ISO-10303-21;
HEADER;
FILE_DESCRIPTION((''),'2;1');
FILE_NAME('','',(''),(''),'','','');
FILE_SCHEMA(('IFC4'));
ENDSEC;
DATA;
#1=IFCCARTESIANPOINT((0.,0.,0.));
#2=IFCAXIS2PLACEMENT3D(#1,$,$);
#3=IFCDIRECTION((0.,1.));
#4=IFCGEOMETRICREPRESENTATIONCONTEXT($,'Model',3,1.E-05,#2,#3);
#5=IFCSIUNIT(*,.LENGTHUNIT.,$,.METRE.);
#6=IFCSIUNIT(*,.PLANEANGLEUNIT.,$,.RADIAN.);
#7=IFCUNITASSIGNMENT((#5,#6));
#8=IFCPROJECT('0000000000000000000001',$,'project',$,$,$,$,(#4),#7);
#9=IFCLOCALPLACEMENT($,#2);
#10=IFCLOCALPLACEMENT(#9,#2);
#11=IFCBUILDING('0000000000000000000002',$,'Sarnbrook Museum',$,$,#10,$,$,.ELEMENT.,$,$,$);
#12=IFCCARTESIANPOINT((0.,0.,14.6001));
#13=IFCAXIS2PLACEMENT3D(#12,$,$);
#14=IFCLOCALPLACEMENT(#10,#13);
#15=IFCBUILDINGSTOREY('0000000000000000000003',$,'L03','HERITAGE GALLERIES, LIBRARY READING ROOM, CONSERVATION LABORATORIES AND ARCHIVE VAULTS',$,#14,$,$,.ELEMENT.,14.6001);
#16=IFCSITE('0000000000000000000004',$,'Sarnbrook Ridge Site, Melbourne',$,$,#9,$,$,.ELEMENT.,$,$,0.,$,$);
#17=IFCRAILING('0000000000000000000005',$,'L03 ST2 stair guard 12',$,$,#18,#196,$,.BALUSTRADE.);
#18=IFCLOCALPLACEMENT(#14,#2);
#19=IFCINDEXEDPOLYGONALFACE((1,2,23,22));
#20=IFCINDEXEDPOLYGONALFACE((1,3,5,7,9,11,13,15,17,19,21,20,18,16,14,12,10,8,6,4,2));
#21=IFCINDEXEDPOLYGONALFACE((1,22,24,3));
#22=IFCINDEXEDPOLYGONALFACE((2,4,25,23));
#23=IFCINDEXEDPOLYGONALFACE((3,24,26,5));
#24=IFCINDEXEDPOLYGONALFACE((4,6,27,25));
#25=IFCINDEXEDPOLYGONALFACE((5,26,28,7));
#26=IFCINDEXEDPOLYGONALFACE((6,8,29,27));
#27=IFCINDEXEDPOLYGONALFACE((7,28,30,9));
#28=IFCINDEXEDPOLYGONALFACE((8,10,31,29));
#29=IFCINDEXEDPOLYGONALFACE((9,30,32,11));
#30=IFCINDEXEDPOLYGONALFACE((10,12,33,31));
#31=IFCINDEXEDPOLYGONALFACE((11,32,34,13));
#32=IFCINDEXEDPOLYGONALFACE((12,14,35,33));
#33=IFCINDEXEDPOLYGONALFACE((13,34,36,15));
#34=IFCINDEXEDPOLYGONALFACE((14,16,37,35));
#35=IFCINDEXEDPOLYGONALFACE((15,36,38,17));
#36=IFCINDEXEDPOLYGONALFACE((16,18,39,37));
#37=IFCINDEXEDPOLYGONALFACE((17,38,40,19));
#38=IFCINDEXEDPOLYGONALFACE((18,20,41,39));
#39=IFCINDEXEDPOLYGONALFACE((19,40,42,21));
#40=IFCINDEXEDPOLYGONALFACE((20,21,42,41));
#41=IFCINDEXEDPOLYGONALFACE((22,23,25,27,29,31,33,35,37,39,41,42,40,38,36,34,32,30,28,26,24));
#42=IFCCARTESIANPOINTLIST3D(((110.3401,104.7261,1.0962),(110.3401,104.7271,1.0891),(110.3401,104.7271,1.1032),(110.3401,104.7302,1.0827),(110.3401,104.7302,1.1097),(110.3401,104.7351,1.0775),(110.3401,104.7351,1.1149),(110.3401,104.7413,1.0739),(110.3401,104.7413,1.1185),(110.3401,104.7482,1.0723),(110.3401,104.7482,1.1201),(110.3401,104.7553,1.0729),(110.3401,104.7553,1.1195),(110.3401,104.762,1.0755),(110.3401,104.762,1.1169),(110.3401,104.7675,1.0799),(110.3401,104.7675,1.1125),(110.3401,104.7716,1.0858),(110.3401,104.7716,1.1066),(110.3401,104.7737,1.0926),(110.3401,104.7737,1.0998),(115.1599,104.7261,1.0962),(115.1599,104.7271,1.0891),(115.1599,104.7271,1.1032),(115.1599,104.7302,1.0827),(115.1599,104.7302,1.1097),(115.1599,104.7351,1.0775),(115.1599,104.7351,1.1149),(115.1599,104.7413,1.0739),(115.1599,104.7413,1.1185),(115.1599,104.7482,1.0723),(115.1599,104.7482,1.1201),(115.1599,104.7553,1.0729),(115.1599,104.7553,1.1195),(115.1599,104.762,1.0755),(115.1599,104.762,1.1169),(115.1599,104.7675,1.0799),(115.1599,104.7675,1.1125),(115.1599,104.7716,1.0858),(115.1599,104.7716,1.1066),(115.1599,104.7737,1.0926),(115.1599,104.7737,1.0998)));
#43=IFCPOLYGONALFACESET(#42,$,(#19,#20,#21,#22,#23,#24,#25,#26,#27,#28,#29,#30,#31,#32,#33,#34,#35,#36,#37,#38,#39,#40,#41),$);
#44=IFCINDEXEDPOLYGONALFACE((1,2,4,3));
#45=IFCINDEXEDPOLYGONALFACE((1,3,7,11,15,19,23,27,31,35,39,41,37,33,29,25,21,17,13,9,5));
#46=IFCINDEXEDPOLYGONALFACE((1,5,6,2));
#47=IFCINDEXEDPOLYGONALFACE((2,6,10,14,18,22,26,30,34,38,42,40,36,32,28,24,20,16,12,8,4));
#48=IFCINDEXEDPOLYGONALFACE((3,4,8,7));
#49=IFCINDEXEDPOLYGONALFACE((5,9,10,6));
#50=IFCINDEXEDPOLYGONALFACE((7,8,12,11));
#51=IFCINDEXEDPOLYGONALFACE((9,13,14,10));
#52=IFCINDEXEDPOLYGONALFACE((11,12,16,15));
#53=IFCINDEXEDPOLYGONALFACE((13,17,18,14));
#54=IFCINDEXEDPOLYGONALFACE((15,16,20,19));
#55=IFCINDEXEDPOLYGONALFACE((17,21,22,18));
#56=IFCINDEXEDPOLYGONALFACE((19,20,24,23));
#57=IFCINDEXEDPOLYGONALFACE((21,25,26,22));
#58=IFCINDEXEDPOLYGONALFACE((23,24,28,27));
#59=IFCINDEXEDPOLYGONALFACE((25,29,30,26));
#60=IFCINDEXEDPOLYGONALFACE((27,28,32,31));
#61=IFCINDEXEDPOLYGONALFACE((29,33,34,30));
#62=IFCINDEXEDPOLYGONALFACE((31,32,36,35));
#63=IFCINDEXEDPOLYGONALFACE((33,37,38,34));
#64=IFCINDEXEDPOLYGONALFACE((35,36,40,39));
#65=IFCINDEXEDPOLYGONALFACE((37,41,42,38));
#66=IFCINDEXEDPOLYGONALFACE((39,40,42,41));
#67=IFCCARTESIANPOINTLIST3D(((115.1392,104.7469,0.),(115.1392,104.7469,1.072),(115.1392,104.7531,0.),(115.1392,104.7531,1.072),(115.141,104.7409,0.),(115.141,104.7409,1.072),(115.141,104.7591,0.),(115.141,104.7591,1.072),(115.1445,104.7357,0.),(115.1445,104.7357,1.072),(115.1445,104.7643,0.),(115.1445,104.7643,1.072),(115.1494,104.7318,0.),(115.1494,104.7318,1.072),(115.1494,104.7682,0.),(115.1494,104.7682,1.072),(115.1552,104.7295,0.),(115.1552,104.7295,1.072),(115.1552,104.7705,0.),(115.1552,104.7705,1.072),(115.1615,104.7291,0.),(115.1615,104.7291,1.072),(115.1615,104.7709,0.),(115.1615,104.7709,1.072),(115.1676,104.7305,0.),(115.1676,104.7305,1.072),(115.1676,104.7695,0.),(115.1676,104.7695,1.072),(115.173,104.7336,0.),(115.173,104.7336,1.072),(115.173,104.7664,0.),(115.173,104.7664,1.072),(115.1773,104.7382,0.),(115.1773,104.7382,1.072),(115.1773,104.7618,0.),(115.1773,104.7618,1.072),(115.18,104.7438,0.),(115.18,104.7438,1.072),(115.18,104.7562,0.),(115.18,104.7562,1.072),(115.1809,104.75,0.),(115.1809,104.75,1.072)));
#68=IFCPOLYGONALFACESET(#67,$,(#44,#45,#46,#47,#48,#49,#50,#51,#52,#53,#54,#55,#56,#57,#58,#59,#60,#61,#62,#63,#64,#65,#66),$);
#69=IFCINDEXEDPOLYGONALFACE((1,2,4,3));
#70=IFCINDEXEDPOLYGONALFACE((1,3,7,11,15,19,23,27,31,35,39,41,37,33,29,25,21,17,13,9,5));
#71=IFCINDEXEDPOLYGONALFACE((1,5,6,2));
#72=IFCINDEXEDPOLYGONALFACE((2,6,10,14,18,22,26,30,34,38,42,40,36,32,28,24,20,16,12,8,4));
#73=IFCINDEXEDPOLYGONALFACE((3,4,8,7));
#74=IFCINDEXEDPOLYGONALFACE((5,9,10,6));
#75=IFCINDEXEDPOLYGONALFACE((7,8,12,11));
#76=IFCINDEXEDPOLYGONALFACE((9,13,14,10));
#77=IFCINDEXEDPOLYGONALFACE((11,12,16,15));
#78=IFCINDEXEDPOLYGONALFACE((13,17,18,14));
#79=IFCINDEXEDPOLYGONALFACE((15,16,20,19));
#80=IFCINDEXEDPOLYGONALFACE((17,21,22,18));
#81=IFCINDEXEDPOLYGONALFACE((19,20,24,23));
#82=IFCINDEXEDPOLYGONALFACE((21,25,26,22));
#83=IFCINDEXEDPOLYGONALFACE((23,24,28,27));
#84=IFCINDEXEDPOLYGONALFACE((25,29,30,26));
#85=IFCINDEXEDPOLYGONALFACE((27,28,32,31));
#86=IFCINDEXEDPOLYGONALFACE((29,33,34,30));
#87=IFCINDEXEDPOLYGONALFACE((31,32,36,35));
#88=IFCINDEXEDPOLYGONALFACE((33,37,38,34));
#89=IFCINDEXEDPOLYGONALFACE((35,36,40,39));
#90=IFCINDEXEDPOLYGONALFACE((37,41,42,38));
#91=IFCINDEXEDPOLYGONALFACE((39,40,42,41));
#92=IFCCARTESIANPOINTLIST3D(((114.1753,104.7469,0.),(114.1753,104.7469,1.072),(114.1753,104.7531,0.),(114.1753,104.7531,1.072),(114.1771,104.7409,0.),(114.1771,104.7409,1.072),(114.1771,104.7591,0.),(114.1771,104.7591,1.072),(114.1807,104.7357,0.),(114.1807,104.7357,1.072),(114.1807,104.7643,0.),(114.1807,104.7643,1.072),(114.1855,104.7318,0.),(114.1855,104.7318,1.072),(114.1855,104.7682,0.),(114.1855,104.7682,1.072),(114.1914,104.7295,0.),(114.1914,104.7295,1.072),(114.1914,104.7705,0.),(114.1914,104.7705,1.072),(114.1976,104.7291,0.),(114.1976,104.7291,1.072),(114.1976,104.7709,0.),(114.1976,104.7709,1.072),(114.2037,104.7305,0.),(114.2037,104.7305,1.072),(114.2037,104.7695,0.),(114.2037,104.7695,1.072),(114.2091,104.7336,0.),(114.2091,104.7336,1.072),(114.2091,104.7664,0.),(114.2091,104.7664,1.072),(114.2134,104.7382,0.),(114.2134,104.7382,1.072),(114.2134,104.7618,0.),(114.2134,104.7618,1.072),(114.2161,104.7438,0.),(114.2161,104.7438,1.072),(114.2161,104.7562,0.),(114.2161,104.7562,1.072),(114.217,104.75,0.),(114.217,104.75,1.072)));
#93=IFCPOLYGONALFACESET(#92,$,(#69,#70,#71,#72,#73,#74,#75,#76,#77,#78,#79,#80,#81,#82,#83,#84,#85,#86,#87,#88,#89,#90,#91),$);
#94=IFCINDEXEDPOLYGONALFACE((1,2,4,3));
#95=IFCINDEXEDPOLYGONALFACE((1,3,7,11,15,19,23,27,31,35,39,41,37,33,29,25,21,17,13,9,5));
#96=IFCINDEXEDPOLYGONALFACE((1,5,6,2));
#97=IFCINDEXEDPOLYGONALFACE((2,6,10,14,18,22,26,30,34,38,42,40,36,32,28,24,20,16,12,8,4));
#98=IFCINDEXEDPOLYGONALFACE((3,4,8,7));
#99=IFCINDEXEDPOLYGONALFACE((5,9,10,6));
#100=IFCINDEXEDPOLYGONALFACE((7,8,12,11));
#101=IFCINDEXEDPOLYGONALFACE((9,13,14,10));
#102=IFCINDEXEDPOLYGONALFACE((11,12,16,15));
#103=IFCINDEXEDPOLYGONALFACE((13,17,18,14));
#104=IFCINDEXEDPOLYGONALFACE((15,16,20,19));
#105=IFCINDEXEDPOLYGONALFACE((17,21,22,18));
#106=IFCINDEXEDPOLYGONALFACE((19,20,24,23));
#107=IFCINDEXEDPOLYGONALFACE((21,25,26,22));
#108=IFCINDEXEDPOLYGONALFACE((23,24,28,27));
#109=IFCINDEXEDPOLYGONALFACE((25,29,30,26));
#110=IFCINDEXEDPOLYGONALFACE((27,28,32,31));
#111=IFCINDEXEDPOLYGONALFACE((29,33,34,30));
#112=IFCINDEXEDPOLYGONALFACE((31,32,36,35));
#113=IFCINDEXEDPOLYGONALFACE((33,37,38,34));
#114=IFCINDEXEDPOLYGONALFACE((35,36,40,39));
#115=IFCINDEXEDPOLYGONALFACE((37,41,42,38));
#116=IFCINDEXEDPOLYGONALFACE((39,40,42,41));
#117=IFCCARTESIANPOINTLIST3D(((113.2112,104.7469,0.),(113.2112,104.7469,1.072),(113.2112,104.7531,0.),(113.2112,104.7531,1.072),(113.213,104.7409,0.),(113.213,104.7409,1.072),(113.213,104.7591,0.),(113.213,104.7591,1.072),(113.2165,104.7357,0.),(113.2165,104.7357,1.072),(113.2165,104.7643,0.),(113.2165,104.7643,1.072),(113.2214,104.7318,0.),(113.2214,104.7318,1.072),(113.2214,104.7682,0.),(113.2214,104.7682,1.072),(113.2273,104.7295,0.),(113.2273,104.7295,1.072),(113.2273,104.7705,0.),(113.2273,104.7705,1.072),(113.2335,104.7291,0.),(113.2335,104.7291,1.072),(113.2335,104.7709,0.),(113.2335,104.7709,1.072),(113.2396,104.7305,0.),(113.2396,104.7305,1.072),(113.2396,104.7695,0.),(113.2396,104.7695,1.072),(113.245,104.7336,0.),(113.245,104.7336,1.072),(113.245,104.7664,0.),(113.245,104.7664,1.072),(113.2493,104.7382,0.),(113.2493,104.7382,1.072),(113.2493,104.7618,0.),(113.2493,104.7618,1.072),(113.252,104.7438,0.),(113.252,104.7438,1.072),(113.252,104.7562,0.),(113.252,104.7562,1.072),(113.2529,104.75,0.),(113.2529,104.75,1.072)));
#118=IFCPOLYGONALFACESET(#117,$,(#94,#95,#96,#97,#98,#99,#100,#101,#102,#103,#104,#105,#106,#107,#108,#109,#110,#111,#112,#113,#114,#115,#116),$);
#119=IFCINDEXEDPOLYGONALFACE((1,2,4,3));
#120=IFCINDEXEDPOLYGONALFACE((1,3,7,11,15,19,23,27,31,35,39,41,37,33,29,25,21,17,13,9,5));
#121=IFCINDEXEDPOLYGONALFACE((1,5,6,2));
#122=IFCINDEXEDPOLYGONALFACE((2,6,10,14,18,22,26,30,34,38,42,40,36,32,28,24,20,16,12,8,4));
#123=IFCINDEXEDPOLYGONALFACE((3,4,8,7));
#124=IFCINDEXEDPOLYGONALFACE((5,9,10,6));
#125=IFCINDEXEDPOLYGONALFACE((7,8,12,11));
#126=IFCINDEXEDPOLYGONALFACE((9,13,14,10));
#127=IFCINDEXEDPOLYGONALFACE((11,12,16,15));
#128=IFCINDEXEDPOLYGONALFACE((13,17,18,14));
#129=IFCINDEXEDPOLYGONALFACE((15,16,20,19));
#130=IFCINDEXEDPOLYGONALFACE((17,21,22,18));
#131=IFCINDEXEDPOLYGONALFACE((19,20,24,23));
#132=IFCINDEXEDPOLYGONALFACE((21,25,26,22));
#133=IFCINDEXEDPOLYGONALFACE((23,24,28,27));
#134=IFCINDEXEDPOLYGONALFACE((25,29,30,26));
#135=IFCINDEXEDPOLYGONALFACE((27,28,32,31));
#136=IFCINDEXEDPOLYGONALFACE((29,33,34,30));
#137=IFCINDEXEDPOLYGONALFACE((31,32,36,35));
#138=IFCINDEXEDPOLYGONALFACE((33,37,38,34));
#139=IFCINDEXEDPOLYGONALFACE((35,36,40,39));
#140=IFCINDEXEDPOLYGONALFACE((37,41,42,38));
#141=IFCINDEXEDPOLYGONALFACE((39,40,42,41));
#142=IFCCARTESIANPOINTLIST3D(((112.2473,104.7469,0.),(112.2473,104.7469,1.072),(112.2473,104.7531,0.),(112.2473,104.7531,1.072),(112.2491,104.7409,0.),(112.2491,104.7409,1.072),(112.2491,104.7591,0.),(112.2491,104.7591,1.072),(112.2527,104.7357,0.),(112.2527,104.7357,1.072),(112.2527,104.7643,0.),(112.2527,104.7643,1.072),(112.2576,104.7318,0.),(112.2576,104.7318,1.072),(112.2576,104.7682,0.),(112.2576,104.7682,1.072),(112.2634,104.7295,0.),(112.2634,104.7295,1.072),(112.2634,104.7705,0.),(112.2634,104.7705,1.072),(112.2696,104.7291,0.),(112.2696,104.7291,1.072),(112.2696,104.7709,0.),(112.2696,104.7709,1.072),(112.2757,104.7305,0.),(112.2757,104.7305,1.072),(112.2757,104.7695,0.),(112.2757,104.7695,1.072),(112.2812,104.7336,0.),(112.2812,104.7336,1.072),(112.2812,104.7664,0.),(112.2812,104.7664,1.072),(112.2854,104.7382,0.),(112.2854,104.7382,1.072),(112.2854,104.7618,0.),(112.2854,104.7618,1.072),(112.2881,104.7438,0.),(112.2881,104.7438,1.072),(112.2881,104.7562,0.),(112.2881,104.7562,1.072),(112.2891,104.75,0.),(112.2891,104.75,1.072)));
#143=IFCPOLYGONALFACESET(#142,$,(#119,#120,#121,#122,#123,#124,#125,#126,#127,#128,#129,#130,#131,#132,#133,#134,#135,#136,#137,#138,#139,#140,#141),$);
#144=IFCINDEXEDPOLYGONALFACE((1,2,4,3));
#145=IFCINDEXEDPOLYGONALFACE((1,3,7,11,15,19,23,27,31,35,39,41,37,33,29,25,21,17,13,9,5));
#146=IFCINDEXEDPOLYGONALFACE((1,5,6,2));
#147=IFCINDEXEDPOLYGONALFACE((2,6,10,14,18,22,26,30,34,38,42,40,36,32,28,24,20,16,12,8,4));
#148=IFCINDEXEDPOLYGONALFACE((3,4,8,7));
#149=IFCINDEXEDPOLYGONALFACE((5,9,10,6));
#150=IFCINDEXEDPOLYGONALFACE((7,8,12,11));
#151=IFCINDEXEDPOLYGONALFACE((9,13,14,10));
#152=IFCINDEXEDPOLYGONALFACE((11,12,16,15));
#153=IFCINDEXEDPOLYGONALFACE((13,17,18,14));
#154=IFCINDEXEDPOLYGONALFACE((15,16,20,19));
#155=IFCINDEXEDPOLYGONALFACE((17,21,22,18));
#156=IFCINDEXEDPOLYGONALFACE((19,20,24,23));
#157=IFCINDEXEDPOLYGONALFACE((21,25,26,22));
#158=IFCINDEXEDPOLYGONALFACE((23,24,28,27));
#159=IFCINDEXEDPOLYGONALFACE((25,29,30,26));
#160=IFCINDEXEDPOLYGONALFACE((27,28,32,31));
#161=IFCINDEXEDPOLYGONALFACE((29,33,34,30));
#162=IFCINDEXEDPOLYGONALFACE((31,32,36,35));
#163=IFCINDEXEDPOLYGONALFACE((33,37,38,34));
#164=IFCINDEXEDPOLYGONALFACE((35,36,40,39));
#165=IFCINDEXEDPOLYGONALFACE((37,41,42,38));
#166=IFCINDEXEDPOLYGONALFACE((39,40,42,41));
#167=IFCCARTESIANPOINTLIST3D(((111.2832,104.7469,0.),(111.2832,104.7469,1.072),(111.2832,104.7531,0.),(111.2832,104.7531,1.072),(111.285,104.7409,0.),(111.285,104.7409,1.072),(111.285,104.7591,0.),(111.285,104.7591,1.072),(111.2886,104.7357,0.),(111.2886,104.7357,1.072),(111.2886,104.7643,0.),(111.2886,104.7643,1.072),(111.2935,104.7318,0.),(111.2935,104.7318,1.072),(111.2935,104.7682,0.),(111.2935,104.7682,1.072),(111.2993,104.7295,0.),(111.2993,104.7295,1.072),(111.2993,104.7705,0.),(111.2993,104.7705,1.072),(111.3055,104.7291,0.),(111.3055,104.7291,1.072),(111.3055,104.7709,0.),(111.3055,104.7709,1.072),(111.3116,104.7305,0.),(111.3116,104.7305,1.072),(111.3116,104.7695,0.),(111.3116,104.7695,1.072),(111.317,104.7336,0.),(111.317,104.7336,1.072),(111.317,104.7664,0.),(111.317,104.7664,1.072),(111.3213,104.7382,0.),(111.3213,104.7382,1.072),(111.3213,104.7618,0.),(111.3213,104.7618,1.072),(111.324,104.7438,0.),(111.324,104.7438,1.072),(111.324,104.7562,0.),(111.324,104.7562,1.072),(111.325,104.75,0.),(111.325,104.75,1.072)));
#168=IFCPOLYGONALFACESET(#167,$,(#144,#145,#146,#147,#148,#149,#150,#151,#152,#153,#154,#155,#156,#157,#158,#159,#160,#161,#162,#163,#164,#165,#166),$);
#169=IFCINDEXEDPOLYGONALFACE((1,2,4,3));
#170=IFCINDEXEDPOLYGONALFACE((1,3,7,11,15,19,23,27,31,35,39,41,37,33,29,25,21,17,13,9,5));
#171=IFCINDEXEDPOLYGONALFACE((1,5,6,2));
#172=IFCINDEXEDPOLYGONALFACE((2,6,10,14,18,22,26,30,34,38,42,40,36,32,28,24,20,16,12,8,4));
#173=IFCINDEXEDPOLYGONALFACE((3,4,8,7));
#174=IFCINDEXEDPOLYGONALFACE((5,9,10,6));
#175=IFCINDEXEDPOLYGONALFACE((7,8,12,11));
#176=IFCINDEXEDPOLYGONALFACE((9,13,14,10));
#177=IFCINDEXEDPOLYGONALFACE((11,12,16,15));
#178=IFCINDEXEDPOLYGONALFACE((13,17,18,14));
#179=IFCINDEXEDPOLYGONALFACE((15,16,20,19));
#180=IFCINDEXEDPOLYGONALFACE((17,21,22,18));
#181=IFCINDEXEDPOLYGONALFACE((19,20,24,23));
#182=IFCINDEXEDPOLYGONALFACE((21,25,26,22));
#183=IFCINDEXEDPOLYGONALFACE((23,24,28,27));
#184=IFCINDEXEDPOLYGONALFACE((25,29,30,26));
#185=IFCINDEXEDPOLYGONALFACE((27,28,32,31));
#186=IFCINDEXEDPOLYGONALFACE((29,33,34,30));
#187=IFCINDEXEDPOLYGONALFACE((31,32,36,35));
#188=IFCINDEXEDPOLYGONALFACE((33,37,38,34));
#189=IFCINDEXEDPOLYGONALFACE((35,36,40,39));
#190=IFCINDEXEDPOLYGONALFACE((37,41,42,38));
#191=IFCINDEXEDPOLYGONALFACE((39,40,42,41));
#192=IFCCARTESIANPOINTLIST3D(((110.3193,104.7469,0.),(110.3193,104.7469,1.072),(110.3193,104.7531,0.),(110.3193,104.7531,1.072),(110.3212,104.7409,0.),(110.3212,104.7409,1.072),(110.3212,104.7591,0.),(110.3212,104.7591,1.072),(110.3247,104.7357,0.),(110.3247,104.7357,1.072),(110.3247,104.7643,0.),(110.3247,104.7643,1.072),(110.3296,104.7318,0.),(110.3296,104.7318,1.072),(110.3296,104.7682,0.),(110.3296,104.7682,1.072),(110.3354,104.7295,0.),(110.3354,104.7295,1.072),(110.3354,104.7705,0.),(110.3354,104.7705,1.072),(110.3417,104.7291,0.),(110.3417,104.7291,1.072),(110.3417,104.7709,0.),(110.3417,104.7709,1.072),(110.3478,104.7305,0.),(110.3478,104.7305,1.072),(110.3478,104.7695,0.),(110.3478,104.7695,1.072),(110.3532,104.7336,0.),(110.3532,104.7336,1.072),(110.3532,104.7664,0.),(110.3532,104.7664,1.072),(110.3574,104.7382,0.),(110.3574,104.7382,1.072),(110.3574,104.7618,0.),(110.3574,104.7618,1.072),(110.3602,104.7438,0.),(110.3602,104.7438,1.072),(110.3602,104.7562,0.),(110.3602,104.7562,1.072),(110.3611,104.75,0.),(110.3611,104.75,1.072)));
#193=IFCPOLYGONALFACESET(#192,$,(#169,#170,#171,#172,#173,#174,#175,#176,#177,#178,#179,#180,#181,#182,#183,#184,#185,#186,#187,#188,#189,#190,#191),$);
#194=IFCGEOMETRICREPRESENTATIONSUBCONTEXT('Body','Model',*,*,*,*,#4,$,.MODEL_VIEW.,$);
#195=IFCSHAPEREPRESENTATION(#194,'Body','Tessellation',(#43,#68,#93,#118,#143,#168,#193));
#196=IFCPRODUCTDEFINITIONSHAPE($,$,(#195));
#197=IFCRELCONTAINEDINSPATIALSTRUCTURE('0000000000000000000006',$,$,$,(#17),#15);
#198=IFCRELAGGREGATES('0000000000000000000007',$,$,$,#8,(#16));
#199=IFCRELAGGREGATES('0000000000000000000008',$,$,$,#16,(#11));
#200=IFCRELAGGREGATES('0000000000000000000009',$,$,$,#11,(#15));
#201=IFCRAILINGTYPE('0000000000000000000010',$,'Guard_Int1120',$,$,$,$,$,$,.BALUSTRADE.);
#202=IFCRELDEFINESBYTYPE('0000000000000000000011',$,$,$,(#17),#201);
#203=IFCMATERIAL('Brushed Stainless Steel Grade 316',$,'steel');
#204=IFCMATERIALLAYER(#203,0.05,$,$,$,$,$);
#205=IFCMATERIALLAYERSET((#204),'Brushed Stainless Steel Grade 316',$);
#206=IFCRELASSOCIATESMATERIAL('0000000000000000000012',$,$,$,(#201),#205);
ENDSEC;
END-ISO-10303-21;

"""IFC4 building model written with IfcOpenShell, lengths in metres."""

from ifc_helpers import new_model, si_unit, direction, frame, origin, origin_2d, place, context, subcontext, project, spatial, circle, extrude, material, layer, layer_set, type_object, element, save


model = new_model("IFC4")

# Units and contexts
model_context = context("Model", 3, precision=1e-05, world=origin(), true_north=direction((0.0, 1.0)))
body_context = subcontext(model_context, "Body", "Model", "MODEL_VIEW")
ifc_project = project(units=[si_unit("LENGTHUNIT", "METRE"), si_unit("PLANEANGLEUNIT", "RADIAN")], contexts=[model_context])

# Site, building, storey
site_placement = place(None, origin())
site = spatial("IfcSite", under=ifc_project, at=site_placement, Name="Sarnbrook Ridge Site, Melbourne", CompositionType="ELEMENT", RefElevation=0.0)
building_placement = place(site_placement, origin())
building = spatial("IfcBuilding", under=site, at=building_placement, Name="Sarnbrook Museum", CompositionType="ELEMENT")
storey_placement = place(building_placement, frame((0.0, 0.0, 14.6001)))
storey = spatial("IfcBuildingStorey", under=building, at=storey_placement, Name="L03", Description="HERITAGE GALLERIES, LIBRARY READING ROOM, CONSERVATION LABORATORIES AND ARCHIVE VAULTS", CompositionType="ELEMENT", Elevation=14.6001)

# Shared definitions
ifc_material_1 = material(Name="Brushed Stainless Steel Grade 316", Category="steel")

# Railing
ifc_layer_1 = layer(ifc_material_1, 0.05)
ifc_layer_set_1 = layer_set([ifc_layer_1], Name="Brushed Stainless Steel Grade 316")
railing_type = type_object("IfcRailingType", Name="Guard_Int1120", PredefinedType="BALUSTRADE", material=ifc_layer_set_1)
railing_1_placement = place(storey_placement, frame((115.1599, 104.75, 0.0)))
element("IfcRailing", 1, at=railing_1_placement, inside=storey, type_object=railing_type, Name="L03 ST2 stair guard 12", PredefinedType="BALUSTRADE", context=body_context, shape_type="SweptSolid", body=[
    extrude(circle(Radius=0.0239, at=origin_2d()), frame((0.0, 0.0, 1.0962), z_axis=(-1.0, 0.0, 0.0), x_axis=(0.0, -1.0, 0.0)), (0.0, 0.0, 1.0), 4.8198),
    extrude(circle(Radius=0.021, at=origin_2d()), origin(), (0.0, 0.0, 1.0), 1.072),
    extrude(circle(Radius=0.021, at=origin_2d()), frame((-0.9639, 0.0, 0.0)), (0.0, 0.0, 1.0), 1.072),
    extrude(circle(Radius=0.021, at=origin_2d()), frame((-1.928, 0.0, 0.0)), (0.0, 0.0, 1.0), 1.072),
    extrude(circle(Radius=0.021, at=origin_2d()), frame((-2.8918, 0.0, 0.0)), (0.0, 0.0, 1.0), 1.072),
    extrude(circle(Radius=0.021, at=origin_2d()), frame((-3.856, 0.0, 0.0)), (0.0, 0.0, 1.0), 1.072),
    extrude(circle(Radius=0.021, at=origin_2d()), frame((-4.8198, 0.0, 0.0)), (0.0, 0.0, 1.0), 1.072),
])

save(model, "model.ifc")
